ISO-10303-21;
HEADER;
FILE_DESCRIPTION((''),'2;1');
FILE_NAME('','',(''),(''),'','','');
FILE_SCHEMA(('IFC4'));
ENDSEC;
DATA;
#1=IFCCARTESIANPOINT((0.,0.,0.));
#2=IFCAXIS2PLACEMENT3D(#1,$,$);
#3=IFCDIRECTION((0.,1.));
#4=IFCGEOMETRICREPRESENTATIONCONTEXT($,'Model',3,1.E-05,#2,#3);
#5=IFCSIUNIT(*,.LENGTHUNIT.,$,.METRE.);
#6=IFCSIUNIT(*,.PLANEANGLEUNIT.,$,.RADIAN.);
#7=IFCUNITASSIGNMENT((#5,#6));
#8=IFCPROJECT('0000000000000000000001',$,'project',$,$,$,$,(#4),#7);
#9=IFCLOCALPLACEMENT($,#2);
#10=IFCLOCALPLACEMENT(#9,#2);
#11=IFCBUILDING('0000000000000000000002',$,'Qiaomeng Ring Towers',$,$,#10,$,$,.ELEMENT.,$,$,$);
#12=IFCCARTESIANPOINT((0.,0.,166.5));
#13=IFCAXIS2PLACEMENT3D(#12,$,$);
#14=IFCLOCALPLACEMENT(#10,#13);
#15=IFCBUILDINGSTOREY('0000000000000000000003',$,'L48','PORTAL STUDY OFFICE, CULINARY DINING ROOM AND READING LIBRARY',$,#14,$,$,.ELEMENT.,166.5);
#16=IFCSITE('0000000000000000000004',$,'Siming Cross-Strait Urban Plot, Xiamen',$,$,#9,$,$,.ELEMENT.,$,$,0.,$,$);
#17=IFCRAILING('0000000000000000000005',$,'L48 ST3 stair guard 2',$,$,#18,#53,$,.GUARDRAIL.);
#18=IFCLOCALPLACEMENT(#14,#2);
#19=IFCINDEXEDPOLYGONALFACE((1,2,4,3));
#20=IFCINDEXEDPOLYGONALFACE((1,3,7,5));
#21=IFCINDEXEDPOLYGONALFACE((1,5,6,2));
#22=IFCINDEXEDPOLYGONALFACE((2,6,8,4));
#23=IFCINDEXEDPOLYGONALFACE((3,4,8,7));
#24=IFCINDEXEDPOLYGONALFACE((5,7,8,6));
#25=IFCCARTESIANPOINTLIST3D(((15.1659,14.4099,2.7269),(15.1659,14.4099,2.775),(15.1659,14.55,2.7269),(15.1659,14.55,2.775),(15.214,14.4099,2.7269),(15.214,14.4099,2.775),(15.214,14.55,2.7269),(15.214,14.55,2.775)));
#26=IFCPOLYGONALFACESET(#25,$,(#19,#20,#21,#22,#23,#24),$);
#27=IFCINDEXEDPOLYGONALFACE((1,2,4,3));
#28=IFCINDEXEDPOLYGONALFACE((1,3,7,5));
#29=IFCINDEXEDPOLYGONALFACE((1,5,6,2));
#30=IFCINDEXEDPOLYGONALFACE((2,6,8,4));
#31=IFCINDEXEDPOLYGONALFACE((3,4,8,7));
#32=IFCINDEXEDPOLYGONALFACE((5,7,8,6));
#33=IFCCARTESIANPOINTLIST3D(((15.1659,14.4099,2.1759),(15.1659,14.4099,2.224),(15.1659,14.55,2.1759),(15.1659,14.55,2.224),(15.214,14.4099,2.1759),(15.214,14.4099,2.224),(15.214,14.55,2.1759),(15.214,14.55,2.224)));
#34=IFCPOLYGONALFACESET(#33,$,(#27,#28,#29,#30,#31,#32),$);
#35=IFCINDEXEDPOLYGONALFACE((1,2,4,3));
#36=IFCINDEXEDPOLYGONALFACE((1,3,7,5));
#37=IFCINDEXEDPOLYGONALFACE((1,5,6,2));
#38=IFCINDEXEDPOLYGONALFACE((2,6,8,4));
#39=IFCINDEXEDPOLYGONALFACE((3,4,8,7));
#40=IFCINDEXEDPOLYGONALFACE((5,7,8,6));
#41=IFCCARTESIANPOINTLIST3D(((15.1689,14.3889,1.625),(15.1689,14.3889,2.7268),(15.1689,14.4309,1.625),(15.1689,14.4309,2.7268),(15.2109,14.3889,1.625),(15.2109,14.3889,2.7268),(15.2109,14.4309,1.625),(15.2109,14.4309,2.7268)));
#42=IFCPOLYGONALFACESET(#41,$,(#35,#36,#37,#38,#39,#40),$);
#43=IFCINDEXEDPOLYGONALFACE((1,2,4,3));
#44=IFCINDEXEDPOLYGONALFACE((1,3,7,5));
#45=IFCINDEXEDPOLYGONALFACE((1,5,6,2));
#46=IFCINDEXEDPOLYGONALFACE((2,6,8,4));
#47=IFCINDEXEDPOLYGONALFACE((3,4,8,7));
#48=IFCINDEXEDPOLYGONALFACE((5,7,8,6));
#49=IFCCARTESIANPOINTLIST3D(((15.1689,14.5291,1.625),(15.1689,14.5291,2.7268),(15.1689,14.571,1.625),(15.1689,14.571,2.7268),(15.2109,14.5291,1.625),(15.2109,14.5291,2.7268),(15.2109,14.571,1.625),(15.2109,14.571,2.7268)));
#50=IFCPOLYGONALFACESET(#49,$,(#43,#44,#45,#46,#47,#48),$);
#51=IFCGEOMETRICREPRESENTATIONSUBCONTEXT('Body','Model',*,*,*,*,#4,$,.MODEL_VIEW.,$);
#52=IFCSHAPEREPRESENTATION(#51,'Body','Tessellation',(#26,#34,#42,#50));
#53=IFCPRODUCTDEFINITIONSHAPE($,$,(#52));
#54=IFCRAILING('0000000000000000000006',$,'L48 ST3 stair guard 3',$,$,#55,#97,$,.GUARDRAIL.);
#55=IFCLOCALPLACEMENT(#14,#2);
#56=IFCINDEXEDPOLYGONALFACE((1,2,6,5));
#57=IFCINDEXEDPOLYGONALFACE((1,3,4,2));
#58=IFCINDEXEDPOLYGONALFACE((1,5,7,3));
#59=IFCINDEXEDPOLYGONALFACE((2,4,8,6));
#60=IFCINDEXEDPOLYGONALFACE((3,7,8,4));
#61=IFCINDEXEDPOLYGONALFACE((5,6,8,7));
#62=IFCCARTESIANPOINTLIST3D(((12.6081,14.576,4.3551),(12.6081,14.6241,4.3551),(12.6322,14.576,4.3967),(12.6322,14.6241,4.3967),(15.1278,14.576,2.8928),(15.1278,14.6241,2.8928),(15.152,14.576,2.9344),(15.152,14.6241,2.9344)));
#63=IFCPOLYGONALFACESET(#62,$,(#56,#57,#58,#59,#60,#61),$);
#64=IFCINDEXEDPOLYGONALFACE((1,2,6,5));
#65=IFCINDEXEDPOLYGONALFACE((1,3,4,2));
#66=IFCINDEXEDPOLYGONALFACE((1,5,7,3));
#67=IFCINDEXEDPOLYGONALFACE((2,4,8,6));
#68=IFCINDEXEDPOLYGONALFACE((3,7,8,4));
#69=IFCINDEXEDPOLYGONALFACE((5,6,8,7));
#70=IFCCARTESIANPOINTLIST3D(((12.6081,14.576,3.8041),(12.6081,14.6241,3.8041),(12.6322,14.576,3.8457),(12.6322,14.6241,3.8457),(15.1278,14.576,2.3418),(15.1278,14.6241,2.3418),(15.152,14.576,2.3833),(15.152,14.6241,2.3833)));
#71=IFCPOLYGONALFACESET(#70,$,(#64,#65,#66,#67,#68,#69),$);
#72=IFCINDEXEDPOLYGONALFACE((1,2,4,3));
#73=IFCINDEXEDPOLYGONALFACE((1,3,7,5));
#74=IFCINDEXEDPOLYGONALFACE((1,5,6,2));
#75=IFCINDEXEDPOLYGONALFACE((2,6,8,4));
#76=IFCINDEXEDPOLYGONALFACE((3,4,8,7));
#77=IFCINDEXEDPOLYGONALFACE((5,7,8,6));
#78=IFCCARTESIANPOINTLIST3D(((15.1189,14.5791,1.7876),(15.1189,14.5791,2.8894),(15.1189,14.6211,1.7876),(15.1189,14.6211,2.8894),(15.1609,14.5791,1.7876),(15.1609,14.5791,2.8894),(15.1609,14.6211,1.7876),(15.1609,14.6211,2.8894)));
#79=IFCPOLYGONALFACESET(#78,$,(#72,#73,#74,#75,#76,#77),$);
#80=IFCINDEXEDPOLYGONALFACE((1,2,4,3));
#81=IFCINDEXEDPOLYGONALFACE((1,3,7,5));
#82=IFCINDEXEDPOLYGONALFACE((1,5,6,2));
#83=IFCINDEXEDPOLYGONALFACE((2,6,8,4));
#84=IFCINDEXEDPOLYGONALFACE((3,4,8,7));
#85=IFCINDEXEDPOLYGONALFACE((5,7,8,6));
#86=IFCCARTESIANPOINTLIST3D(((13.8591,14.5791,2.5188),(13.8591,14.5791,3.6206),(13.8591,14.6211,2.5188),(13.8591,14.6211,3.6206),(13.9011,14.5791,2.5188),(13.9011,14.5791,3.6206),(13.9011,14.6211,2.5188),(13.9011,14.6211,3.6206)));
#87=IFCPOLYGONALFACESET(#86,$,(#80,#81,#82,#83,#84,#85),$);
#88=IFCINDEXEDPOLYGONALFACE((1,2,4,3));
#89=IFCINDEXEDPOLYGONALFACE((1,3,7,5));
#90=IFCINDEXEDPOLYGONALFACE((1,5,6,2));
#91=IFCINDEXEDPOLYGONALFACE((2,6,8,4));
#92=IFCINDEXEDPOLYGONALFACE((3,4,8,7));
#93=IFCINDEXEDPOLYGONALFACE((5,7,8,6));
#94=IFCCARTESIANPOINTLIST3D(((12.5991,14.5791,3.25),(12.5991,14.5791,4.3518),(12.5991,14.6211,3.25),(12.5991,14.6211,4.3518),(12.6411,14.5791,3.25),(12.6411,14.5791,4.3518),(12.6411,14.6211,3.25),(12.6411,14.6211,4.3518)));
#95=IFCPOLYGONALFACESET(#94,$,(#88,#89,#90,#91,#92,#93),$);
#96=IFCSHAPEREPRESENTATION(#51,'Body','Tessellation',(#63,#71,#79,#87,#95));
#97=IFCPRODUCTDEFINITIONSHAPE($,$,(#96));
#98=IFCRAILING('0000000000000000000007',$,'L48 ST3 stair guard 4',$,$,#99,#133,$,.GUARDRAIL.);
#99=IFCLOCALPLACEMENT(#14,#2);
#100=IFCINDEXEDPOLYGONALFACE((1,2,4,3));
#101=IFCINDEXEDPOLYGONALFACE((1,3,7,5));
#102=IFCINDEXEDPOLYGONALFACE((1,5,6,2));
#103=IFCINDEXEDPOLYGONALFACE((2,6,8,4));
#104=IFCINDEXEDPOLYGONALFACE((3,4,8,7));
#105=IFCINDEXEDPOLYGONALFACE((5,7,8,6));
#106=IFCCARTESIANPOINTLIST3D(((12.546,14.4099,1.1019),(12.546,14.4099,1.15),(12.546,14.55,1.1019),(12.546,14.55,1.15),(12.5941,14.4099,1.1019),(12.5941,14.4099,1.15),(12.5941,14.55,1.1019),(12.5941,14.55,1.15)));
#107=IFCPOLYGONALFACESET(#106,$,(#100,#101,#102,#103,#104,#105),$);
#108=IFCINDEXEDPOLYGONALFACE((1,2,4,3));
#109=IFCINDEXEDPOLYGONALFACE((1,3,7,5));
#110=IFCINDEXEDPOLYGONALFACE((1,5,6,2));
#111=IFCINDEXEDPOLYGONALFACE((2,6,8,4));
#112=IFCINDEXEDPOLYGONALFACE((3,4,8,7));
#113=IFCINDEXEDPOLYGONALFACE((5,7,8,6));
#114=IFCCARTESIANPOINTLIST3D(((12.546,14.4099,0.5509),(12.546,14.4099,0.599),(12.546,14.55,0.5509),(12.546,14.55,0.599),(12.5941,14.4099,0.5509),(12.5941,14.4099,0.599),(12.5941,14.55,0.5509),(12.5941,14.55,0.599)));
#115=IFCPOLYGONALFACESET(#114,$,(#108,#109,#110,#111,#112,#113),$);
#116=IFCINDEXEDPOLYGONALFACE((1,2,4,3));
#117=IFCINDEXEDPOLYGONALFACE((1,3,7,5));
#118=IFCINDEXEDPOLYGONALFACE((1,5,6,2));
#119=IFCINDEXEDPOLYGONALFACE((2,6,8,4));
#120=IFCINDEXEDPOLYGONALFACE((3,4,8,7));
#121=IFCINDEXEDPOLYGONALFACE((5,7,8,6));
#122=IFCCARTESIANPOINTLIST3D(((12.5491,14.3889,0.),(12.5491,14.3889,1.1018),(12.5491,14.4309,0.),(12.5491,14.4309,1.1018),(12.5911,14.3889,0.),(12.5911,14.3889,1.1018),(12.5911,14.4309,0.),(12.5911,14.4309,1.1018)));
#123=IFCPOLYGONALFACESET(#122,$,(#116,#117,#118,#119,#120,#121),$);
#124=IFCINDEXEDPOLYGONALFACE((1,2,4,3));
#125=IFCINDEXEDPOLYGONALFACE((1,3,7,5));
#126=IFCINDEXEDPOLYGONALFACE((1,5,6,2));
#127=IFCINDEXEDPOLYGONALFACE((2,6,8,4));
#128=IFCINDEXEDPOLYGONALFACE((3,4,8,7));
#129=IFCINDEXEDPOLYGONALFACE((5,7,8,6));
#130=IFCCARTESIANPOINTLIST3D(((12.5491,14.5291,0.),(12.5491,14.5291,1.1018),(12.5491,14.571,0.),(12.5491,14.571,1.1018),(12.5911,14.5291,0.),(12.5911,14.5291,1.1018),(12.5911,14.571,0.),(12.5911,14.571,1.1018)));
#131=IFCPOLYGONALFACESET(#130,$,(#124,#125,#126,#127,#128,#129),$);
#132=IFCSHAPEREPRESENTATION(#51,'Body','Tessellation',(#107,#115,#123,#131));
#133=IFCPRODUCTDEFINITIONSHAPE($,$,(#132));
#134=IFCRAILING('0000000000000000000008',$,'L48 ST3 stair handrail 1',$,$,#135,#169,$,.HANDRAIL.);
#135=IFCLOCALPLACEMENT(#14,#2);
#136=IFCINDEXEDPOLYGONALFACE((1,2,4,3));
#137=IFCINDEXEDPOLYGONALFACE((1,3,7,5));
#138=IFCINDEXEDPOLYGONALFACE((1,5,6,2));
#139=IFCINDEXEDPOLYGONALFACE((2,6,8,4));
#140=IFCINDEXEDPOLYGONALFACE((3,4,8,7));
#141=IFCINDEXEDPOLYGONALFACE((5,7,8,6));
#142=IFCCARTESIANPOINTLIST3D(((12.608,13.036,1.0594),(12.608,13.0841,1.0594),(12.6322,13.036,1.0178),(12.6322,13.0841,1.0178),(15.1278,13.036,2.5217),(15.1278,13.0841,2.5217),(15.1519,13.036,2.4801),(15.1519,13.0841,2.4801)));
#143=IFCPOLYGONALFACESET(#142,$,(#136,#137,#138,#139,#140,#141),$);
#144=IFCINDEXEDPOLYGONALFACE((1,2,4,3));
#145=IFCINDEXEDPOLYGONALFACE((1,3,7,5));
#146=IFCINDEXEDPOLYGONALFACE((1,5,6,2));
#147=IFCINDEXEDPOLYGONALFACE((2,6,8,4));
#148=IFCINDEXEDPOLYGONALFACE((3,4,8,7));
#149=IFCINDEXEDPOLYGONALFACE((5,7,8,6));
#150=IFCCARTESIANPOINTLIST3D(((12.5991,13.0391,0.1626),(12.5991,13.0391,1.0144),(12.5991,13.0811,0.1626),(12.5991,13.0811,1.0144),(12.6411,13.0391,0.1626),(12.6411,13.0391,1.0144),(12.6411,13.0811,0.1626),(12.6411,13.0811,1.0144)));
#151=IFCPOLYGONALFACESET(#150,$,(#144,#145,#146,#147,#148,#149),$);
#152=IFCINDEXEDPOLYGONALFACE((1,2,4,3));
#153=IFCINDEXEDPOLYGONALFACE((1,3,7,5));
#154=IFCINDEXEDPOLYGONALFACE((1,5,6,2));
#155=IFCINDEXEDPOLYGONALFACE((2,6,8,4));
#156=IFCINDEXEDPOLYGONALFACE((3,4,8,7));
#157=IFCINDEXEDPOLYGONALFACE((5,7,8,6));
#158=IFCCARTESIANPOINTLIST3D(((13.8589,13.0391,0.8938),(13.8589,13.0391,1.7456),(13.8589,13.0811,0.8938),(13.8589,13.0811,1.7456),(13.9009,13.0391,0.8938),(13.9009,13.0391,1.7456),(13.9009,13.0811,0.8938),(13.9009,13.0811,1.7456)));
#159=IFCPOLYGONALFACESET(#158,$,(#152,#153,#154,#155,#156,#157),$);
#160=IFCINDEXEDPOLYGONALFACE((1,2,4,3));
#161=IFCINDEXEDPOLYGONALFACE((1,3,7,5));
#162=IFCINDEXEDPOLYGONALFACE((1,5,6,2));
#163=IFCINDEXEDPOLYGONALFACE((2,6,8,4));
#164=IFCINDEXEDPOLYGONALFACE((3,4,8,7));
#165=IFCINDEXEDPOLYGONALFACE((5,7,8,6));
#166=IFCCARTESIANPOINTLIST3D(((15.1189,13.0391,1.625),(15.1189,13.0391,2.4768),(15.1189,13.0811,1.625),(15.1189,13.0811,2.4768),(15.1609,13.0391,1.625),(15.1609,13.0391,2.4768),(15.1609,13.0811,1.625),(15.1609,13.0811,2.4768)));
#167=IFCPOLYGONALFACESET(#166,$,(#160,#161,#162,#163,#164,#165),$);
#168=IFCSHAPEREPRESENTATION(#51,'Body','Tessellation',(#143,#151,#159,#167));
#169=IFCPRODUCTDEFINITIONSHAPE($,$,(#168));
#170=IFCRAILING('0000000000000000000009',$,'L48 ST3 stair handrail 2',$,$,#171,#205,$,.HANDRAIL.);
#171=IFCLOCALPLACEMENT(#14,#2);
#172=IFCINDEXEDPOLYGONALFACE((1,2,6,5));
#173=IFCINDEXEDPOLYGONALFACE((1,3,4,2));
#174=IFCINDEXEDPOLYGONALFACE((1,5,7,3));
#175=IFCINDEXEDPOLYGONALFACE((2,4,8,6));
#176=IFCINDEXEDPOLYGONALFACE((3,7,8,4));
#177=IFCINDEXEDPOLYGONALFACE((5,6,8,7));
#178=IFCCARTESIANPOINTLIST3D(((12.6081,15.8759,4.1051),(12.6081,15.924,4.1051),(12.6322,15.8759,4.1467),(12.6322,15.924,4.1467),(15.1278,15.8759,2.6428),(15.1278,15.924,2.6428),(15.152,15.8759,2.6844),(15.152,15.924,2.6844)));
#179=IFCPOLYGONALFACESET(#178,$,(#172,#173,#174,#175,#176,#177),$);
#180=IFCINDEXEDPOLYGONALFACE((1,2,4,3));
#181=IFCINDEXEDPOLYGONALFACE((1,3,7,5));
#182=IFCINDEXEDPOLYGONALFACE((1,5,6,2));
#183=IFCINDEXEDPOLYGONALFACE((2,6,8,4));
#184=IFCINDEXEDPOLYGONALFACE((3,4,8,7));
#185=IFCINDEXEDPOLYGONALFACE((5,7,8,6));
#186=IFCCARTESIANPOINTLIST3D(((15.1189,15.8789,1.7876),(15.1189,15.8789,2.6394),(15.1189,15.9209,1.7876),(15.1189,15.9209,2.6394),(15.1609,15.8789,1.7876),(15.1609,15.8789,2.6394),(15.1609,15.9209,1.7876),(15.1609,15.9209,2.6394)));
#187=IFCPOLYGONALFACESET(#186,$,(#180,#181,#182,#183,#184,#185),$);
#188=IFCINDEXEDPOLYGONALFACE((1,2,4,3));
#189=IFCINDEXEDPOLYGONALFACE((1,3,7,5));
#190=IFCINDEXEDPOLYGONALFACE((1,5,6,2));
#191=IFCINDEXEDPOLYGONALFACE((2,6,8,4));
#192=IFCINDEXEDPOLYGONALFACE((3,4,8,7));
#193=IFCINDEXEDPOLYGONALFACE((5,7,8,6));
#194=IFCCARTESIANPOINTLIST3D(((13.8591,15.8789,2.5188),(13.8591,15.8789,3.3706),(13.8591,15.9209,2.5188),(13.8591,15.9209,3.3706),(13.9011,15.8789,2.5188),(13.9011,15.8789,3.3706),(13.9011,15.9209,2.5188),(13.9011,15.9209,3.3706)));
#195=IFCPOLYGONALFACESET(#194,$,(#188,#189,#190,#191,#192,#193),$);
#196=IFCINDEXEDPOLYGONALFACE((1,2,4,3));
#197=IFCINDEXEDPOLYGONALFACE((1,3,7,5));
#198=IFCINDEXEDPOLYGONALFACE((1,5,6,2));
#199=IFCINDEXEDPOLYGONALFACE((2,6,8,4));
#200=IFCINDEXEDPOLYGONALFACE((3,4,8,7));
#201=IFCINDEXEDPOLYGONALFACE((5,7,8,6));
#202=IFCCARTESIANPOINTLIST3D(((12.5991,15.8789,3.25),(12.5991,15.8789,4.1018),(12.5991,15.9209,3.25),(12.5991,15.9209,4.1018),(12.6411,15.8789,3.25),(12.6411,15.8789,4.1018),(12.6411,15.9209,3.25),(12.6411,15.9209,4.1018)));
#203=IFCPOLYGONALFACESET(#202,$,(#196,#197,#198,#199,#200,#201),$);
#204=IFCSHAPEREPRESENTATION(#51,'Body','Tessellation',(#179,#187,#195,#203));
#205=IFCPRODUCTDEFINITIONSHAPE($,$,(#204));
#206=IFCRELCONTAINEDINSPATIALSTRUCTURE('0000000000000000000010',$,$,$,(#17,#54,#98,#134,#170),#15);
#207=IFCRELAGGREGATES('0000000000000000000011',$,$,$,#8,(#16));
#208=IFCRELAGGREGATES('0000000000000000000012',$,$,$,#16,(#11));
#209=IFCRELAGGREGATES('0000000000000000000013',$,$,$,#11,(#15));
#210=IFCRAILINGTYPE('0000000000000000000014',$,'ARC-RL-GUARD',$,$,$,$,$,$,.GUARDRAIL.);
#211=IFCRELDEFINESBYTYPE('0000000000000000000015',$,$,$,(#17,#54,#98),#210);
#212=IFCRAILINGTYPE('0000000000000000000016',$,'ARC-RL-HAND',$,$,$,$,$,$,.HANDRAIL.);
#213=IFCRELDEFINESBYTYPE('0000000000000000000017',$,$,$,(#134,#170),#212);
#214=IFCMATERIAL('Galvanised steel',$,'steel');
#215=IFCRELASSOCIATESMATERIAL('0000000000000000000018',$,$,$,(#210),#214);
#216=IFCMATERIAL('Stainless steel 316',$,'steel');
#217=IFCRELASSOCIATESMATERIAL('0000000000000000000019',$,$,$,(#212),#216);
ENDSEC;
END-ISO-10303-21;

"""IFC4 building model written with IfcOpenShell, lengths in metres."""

from ifc_helpers import new_model, si_unit, direction, frame, origin, origin_2d, place, context, subcontext, project, spatial, rectangle, extrude, material, type_object, element, save


model = new_model("IFC4")

# Units and contexts
model_context = context("Model", 3, precision=1e-05, world=origin(), true_north=direction((0.0, 1.0)))
body_context = subcontext(model_context, "Body", "Model", "MODEL_VIEW")
ifc_project = project(units=[si_unit("LENGTHUNIT", "METRE"), si_unit("PLANEANGLEUNIT", "RADIAN")], contexts=[model_context])

# Site, building, storey
site_placement = place(None, origin())
site = spatial("IfcSite", under=ifc_project, at=site_placement, Name="Siming Cross-Strait Urban Plot, Xiamen", CompositionType="ELEMENT", RefElevation=0.0)
building_placement = place(site_placement, origin())
building = spatial("IfcBuilding", under=site, at=building_placement, Name="Qiaomeng Ring Towers", CompositionType="ELEMENT")
storey_placement = place(building_placement, frame((0.0, 0.0, 166.5)))
storey = spatial("IfcBuildingStorey", under=building, at=storey_placement, Name="L48", Description="PORTAL STUDY OFFICE, CULINARY DINING ROOM AND READING LIBRARY", CompositionType="ELEMENT", Elevation=166.5)

# Shared definitions
ifc_material_1 = material(Name="Galvanised steel", Category="steel")

# Railings
railing_type_1 = type_object("IfcRailingType", Name="ARC-RL-GUARD", PredefinedType="GUARDRAIL", material=ifc_material_1)
railing_1_placement = place(storey_placement, frame((15.1899, 14.4099, 1.625)))
element("IfcRailing", 1, at=railing_1_placement, inside=storey, type_object=railing_type_1, Name="L48 ST3 stair guard 2", PredefinedType="GUARDRAIL", context=body_context, shape_type="SweptSolid", body=[
    extrude(rectangle(XDim=0.0481, YDim=0.0481, at=origin_2d()), frame((0.0, 0.0, 1.126), z_axis=(0.0, 1.0, 0.0), x_axis=(-1.0, 0.0, 0.0)), (0.0, 0.0, 1.0), 0.1401),
    extrude(rectangle(XDim=0.0481, YDim=0.0481, at=origin_2d()), frame((0.0, 0.0, 0.575), z_axis=(0.0, 1.0, 0.0), x_axis=(-1.0, 0.0, 0.0)), (0.0, 0.0, 1.0), 0.1401),
    extrude(rectangle(XDim=0.042, YDim=0.042, at=origin_2d()), origin(), (0.0, 0.0, 1.0), 1.1018),
    extrude(rectangle(XDim=0.042, YDim=0.042, at=origin_2d()), frame((0.0, 0.1401, 0.0)), (0.0, 0.0, 1.0), 1.1018),
])
railing_2_placement = place(storey_placement, frame((15.1399, 14.6001, 1.7876)))
element("IfcRailing", 2, at=railing_2_placement, inside=storey, type_object=railing_type_1, Name="L48 ST3 stair guard 3", PredefinedType="GUARDRAIL", context=body_context, shape_type="SweptSolid", body=[
    extrude(rectangle(XDim=0.0481, YDim=0.0481, at=origin_2d()), frame((0.0, 0.0, 1.126), z_axis=(-0.864892, 0.0, 0.501958), x_axis=(0.0, -1.0, 0.0)), (0.0, 0.0, 1.0), 2.9133),
    extrude(rectangle(XDim=0.0481, YDim=0.0481, at=origin_2d()), frame((0.0, 0.0, 0.575), z_axis=(-0.864892, 0.0, 0.501958), x_axis=(0.0, -1.0, 0.0)), (0.0, 0.0, 1.0), 2.9133),
    extrude(rectangle(XDim=0.042, YDim=0.042, at=origin_2d()), origin(), (0.0, 0.0, 1.0), 1.1018),
    extrude(rectangle(XDim=0.042, YDim=0.042, at=origin_2d()), frame((-1.2598, 0.0, 0.7312)), (0.0, 0.0, 1.0), 1.1018),
    extrude(rectangle(XDim=0.042, YDim=0.042, at=origin_2d()), frame((-2.5198, 0.0, 1.4624)), (0.0, 0.0, 1.0), 1.1018),
])
railing_3_placement = place(storey_placement, frame((12.5701, 14.4099, 0.0)))
element("IfcRailing", 3, at=railing_3_placement, inside=storey, type_object=railing_type_1, Name="L48 ST3 stair guard 4", PredefinedType="GUARDRAIL", context=body_context, shape_type="SweptSolid", body=[
    extrude(rectangle(XDim=0.0481, YDim=0.0481, at=origin_2d()), frame((0.0, 0.0, 1.126), z_axis=(0.0, 1.0, 0.0), x_axis=(-1.0, 0.0, 0.0)), (0.0, 0.0, 1.0), 0.1401),
    extrude(rectangle(XDim=0.0481, YDim=0.0481, at=origin_2d()), frame((0.0, 0.0, 0.575), z_axis=(0.0, 1.0, 0.0), x_axis=(-1.0, 0.0, 0.0)), (0.0, 0.0, 1.0), 0.1401),
    extrude(rectangle(XDim=0.042, YDim=0.042, at=origin_2d()), origin(), (0.0, 0.0, 1.0), 1.1018),
    extrude(rectangle(XDim=0.042, YDim=0.042, at=origin_2d()), frame((0.0, 0.1401, 0.0)), (0.0, 0.0, 1.0), 1.1018),
])
ifc_material_2 = material(Name="Stainless steel 316", Category="steel")
railing_type_2 = type_object("IfcRailingType", Name="ARC-RL-HAND", PredefinedType="HANDRAIL", material=ifc_material_2)
railing_4_placement = place(storey_placement, frame((12.6201, 13.0601, 0.1626)))
element("IfcRailing", 4, at=railing_4_placement, inside=storey, type_object=railing_type_2, Name="L48 ST3 stair handrail 1", PredefinedType="HANDRAIL", context=body_context, shape_type="SweptSolid", body=[
    extrude(rectangle(XDim=0.0481, YDim=0.0481, at=origin_2d()), frame((0.0, 0.0, 0.876), z_axis=(0.864892, 0.0, 0.501958), x_axis=(0.0, 1.0, 0.0)), (0.0, 0.0, 1.0), 2.9133),
    extrude(rectangle(XDim=0.042, YDim=0.042, at=origin_2d()), origin(), (0.0, 0.0, 1.0), 0.8518),
    extrude(rectangle(XDim=0.042, YDim=0.042, at=origin_2d()), frame((1.2598, 0.0, 0.7312)), (0.0, 0.0, 1.0), 0.8518),
    extrude(rectangle(XDim=0.042, YDim=0.042, at=origin_2d()), frame((2.5198, 0.0, 1.4624)), (0.0, 0.0, 1.0), 0.8518),
])
railing_5_placement = place(storey_placement, frame((15.1399, 15.8999, 1.7876)))
element("IfcRailing", 5, at=railing_5_placement, inside=storey, type_object=railing_type_2, Name="L48 ST3 stair handrail 2", PredefinedType="HANDRAIL", context=body_context, shape_type="SweptSolid", body=[
    extrude(rectangle(XDim=0.0481, YDim=0.0481, at=origin_2d()), frame((0.0, 0.0, 0.876), z_axis=(-0.864892, 0.0, 0.501958), x_axis=(0.0, -1.0, 0.0)), (0.0, 0.0, 1.0), 2.9133),
    extrude(rectangle(XDim=0.042, YDim=0.042, at=origin_2d()), origin(), (0.0, 0.0, 1.0), 0.8518),
    extrude(rectangle(XDim=0.042, YDim=0.042, at=origin_2d()), frame((-1.2598, 0.0, 0.7312)), (0.0, 0.0, 1.0), 0.8518),
    extrude(rectangle(XDim=0.042, YDim=0.042, at=origin_2d()), frame((-2.5198, 0.0, 1.4624)), (0.0, 0.0, 1.0), 0.8518),
])

save(model, "model.ifc")
